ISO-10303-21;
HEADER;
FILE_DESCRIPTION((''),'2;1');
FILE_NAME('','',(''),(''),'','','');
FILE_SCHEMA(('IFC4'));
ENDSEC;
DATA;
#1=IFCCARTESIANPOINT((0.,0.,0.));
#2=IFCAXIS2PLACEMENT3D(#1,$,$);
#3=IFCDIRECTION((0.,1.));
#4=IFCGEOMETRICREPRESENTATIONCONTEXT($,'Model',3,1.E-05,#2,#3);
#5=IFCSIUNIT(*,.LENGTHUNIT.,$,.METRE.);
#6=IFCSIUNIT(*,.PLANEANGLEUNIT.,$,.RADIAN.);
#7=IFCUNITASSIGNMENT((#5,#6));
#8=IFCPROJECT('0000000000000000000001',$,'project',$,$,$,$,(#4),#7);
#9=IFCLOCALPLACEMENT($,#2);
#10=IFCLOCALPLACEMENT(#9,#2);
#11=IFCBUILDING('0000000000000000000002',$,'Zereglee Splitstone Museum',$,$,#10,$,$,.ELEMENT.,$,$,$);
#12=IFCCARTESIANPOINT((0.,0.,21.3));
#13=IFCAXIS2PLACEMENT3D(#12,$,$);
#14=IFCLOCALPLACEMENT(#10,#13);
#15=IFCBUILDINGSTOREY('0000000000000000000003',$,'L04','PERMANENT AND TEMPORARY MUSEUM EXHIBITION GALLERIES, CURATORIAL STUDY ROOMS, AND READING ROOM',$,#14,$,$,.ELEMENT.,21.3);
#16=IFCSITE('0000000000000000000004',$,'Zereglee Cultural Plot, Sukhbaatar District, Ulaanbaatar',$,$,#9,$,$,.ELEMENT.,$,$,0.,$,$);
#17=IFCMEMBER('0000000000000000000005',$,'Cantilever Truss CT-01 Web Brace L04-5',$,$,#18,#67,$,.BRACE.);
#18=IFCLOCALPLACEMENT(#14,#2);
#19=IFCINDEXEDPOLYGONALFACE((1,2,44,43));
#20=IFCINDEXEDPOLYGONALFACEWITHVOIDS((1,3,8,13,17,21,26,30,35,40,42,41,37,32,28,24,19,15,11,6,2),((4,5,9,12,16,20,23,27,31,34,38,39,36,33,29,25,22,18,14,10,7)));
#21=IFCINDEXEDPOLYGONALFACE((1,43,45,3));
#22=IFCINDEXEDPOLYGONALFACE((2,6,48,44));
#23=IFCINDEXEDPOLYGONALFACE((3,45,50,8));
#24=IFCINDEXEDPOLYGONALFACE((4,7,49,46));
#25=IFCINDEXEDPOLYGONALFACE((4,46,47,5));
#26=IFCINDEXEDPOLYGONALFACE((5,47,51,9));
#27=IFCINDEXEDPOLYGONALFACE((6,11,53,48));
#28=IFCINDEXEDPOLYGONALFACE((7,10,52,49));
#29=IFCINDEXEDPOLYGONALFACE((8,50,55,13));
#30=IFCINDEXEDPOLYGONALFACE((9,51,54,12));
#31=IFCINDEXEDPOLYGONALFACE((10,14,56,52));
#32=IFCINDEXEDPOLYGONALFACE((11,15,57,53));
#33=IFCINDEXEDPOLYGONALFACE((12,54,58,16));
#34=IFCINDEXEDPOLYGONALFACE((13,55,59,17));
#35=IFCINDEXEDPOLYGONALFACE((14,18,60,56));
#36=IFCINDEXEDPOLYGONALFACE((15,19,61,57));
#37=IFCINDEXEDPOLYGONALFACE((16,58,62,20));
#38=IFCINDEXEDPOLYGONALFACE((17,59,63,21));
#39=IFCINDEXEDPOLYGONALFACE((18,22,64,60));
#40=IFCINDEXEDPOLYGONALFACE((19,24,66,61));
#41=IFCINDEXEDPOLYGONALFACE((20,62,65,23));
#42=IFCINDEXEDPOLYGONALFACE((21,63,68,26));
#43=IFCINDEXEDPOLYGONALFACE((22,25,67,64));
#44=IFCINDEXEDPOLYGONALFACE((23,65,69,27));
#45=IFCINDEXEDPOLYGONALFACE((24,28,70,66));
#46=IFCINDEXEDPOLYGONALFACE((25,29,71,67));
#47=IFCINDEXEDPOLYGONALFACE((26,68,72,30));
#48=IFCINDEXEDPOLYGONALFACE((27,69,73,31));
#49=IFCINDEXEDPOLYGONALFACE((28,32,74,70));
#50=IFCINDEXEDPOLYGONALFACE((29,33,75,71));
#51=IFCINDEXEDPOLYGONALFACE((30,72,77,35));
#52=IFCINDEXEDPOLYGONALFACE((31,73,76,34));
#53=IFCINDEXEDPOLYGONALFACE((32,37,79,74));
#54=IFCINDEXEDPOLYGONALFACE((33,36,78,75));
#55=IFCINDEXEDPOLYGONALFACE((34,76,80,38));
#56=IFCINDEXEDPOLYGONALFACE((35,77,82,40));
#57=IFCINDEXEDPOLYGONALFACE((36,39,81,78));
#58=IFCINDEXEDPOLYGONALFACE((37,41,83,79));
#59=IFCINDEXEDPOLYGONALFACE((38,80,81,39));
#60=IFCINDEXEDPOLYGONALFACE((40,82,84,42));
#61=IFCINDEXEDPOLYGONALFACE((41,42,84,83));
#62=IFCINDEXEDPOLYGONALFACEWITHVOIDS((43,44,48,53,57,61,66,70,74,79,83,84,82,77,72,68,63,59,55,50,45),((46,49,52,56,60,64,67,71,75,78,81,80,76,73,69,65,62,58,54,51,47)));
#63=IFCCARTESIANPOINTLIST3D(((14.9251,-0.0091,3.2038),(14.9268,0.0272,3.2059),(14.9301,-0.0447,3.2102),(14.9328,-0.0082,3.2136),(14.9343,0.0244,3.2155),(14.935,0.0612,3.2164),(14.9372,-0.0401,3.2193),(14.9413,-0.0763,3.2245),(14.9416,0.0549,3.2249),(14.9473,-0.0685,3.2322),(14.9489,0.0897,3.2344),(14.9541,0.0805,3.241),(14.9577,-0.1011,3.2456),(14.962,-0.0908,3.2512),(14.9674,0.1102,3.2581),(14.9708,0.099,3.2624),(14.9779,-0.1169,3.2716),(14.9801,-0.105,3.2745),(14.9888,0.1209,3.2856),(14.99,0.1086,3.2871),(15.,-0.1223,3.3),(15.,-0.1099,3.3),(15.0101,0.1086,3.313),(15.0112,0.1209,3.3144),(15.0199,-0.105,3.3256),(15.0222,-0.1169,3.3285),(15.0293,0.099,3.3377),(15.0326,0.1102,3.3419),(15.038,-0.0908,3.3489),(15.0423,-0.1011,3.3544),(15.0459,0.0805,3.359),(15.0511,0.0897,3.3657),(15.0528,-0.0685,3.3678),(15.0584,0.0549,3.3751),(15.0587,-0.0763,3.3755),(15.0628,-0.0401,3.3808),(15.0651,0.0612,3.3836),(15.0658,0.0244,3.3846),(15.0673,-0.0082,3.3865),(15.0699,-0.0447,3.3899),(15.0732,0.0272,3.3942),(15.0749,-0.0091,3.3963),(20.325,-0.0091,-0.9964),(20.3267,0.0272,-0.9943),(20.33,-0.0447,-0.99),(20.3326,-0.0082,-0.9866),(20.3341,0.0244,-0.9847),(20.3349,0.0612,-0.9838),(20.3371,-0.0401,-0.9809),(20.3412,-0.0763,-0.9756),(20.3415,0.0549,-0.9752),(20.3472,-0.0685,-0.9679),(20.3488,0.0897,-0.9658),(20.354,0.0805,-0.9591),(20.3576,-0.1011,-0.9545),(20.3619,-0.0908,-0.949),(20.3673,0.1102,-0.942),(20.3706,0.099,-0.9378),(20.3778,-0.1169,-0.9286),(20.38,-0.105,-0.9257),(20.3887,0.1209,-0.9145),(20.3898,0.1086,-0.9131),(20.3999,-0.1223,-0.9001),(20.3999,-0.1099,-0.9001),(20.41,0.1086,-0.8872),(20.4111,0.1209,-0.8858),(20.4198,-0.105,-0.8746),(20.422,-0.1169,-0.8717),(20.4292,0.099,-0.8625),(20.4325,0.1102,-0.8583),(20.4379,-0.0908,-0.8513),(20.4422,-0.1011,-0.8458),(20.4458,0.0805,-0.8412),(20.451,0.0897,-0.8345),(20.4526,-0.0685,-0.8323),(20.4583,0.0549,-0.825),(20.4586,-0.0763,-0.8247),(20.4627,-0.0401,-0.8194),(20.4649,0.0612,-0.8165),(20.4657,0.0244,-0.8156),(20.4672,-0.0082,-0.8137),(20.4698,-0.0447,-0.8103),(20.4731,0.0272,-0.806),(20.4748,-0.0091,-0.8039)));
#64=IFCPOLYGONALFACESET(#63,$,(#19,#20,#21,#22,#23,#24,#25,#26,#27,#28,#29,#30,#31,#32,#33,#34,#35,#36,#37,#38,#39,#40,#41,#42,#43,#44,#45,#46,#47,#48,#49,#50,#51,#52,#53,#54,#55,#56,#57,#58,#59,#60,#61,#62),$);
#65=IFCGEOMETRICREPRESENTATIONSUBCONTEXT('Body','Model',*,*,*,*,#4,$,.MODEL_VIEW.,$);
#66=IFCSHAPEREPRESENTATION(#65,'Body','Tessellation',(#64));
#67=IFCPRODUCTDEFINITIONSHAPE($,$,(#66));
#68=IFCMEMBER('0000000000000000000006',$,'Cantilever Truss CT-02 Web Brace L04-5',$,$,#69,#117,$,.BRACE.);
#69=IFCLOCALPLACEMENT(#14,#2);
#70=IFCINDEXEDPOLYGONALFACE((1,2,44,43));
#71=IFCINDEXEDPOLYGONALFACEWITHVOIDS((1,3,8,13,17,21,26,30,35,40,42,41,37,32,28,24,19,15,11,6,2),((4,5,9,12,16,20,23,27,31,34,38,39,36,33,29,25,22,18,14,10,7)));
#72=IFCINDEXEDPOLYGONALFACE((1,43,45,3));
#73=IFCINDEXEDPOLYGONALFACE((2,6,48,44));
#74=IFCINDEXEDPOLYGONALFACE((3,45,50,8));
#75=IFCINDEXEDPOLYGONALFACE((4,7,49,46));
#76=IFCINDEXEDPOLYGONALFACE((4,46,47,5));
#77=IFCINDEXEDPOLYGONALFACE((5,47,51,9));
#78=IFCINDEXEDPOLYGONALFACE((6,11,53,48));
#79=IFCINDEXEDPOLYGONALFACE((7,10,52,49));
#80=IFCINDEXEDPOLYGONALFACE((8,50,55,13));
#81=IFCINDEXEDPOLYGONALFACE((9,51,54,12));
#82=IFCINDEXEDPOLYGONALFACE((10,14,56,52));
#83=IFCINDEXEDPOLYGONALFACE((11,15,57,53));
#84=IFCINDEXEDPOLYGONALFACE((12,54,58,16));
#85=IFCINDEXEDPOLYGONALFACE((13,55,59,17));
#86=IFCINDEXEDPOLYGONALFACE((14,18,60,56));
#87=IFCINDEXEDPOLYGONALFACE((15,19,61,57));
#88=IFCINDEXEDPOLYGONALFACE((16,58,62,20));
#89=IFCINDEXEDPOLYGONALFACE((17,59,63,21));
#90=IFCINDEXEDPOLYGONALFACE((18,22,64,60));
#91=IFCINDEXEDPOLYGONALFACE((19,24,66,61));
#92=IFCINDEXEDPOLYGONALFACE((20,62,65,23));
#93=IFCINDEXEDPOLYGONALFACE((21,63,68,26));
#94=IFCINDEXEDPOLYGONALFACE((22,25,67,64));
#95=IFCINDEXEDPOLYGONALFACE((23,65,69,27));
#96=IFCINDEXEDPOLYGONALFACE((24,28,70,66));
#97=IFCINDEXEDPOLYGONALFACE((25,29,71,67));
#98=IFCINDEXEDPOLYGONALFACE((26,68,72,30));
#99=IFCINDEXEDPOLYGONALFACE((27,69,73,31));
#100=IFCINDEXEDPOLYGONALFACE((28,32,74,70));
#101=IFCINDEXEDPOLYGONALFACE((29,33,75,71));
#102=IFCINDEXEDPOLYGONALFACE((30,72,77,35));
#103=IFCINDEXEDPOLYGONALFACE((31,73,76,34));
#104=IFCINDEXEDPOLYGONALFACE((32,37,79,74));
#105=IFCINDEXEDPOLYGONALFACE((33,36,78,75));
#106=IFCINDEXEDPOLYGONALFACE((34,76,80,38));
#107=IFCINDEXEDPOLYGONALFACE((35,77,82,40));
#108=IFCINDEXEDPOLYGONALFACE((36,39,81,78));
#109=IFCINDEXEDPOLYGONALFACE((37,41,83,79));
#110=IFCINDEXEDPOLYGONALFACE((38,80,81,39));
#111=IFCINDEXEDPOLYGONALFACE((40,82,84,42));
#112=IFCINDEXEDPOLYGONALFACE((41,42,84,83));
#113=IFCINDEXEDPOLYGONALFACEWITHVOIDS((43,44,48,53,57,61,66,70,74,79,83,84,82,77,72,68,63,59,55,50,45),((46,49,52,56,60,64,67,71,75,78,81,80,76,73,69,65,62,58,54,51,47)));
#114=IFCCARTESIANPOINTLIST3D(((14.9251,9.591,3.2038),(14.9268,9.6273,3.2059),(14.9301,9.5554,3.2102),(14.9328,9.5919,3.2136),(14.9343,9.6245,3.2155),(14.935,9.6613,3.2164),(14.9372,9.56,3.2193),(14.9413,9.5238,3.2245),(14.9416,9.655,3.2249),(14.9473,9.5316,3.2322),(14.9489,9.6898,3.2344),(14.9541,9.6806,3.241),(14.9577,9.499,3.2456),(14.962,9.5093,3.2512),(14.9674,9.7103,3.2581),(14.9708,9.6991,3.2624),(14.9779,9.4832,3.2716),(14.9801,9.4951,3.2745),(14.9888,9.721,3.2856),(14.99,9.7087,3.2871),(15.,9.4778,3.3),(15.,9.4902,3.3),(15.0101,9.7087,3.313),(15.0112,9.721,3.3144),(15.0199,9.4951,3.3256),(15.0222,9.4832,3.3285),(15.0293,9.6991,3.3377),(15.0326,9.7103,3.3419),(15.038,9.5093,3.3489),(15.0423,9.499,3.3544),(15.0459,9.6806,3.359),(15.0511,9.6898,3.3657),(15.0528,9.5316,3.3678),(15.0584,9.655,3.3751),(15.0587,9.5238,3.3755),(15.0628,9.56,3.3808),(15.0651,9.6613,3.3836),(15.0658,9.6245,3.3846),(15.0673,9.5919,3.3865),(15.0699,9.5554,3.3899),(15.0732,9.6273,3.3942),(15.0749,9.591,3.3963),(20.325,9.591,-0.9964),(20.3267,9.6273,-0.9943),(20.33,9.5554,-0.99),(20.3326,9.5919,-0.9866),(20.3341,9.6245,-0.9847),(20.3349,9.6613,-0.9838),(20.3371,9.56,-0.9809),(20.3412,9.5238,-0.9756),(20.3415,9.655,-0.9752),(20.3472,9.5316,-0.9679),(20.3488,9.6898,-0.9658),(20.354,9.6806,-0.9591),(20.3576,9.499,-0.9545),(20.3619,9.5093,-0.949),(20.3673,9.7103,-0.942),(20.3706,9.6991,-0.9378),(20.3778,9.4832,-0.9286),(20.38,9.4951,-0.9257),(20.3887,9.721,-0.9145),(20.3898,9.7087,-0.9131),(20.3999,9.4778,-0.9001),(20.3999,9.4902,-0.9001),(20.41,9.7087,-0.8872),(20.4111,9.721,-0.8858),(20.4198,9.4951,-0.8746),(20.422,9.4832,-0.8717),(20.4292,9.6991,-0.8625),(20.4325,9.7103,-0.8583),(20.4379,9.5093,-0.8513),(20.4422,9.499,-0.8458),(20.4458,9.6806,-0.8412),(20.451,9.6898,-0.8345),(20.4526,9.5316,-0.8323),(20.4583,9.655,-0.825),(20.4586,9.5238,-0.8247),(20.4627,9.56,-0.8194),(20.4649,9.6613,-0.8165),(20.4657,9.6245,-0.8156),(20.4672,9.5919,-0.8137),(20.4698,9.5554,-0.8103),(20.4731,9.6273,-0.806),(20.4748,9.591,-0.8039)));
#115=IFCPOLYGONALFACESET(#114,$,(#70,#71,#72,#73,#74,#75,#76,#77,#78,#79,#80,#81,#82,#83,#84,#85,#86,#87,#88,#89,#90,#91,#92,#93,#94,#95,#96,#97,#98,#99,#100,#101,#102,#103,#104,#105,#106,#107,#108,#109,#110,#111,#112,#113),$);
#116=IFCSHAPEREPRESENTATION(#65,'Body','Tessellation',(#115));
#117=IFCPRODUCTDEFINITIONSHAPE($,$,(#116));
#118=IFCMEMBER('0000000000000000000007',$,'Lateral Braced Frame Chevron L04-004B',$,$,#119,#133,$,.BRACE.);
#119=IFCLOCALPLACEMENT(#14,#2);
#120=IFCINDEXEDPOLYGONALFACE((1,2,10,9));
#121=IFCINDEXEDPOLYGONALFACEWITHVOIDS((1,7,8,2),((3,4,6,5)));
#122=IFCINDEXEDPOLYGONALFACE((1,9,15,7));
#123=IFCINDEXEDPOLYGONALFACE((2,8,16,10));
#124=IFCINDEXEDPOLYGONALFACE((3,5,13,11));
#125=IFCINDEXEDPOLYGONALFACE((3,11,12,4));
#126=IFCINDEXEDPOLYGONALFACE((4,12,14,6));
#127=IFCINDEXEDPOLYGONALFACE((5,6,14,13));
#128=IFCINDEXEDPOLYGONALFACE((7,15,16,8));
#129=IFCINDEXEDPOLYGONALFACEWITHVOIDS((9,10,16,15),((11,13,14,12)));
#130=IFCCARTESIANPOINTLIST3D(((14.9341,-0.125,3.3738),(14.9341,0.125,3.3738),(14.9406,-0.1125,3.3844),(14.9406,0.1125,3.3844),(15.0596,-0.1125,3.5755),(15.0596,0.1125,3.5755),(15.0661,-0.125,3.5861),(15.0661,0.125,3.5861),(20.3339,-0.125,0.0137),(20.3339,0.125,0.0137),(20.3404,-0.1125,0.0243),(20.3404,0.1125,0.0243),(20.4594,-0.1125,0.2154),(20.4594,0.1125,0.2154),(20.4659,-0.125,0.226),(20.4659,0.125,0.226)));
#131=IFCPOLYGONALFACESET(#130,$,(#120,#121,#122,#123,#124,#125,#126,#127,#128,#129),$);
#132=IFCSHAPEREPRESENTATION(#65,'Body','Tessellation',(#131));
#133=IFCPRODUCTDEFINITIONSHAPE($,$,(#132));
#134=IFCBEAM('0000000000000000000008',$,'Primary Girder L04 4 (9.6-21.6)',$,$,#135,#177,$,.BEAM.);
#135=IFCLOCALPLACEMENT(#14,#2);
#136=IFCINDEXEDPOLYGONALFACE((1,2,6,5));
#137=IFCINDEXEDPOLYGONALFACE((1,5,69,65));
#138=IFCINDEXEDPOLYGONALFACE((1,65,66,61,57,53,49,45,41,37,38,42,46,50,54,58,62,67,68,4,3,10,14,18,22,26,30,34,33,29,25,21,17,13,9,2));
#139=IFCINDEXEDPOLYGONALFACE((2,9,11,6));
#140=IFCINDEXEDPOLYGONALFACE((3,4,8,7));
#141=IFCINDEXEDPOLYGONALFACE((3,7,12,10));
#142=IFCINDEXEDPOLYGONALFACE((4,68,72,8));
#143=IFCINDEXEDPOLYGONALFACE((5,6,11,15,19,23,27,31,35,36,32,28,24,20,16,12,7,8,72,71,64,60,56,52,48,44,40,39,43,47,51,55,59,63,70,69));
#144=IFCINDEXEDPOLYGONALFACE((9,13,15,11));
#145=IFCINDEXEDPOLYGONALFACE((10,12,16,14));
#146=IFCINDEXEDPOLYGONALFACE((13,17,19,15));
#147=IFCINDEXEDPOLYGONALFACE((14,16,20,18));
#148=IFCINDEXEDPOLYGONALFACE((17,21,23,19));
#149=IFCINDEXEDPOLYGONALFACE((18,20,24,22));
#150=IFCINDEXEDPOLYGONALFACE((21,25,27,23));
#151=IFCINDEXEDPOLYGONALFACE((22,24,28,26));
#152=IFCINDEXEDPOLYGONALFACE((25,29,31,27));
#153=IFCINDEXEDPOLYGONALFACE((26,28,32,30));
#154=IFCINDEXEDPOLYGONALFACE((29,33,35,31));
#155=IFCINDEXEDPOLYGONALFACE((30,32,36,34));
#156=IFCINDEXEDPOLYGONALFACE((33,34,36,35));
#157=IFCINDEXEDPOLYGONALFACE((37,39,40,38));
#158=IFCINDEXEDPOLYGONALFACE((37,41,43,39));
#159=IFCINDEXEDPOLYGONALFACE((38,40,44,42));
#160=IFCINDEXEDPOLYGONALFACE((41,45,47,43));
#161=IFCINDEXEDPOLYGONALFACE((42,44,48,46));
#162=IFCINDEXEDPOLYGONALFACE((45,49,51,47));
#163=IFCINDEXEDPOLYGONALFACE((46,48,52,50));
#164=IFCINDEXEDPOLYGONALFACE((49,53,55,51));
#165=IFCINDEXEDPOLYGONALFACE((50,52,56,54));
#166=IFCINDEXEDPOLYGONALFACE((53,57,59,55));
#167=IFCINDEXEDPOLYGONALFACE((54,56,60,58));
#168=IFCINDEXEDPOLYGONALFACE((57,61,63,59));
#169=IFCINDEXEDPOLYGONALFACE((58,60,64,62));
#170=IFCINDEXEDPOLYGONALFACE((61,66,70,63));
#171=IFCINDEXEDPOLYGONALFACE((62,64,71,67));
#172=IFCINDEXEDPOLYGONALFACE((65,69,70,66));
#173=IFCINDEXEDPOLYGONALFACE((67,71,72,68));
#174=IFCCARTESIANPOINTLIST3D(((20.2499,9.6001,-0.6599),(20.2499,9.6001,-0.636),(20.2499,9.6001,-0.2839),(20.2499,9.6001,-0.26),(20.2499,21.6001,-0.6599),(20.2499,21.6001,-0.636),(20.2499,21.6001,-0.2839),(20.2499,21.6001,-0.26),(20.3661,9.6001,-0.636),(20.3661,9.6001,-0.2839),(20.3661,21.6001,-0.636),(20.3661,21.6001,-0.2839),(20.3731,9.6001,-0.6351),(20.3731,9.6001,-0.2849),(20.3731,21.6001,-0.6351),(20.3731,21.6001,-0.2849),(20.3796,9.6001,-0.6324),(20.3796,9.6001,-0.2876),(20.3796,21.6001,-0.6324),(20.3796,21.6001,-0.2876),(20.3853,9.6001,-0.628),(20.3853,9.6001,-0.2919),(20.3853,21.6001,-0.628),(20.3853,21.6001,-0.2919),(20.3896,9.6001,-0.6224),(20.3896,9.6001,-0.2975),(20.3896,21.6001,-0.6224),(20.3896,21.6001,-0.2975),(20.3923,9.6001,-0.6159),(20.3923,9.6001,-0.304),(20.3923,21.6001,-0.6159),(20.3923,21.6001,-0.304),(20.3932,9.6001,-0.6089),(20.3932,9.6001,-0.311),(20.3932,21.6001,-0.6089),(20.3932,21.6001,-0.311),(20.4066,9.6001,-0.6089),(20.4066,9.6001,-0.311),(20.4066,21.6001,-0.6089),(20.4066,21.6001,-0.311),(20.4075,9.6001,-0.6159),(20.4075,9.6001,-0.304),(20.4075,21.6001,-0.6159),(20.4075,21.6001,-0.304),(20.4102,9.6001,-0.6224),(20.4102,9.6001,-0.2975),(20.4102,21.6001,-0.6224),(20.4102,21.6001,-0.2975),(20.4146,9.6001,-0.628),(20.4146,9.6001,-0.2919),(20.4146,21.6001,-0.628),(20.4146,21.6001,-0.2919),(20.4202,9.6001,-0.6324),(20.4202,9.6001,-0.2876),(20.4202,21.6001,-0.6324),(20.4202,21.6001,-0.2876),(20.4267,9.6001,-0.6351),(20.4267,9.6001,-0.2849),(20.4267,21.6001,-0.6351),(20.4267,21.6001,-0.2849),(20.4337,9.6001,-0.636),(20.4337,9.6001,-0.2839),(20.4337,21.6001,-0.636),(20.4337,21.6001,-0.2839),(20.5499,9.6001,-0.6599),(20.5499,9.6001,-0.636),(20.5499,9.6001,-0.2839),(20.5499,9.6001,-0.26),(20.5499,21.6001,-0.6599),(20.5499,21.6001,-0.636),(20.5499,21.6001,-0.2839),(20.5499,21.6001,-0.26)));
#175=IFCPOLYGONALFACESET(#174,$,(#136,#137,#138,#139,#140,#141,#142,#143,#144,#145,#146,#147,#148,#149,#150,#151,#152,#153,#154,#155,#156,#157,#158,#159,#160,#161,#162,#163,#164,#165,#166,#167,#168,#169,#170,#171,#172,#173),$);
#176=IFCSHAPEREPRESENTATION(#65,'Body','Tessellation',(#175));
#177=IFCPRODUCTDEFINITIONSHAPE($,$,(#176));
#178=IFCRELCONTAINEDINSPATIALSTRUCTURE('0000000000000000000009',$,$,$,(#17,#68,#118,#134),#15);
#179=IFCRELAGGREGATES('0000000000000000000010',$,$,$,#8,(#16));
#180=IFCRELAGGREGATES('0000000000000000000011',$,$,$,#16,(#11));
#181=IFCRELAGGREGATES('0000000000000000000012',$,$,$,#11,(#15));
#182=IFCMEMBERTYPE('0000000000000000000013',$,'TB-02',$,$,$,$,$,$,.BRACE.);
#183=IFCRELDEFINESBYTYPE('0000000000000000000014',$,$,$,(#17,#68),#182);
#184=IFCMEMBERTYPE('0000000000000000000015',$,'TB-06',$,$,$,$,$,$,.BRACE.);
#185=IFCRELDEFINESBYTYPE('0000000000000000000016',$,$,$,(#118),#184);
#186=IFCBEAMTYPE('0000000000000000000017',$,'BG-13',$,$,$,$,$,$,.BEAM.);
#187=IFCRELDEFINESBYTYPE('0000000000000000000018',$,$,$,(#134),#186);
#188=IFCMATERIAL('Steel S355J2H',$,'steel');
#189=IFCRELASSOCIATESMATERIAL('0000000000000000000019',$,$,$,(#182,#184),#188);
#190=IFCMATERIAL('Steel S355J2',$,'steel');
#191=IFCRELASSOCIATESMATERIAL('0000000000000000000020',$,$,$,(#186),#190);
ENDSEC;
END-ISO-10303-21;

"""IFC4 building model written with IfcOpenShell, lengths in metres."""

from ifc_helpers import new_model, si_unit, direction, frame, origin, origin_2d, place, context, subcontext, project, spatial, hollow_rectangle, hollow_circle, i_section, extrude, material, material_profile, profile_set, type_object, element, save


model = new_model("IFC4")

# Units and contexts
model_context = context("Model", 3, precision=1e-05, world=origin(), true_north=direction((0.0, 1.0)))
body_context = subcontext(model_context, "Body", "Model", "MODEL_VIEW")
ifc_project = project(units=[si_unit("LENGTHUNIT", "METRE"), si_unit("PLANEANGLEUNIT", "RADIAN")], contexts=[model_context])

# Site, building, storey
site_placement = place(None, origin())
site = spatial("IfcSite", under=ifc_project, at=site_placement, Name="Zereglee Cultural Plot, Sukhbaatar District, Ulaanbaatar", CompositionType="ELEMENT", RefElevation=0.0)
building_placement = place(site_placement, origin())
building = spatial("IfcBuilding", under=site, at=building_placement, Name="Zereglee Splitstone Museum", CompositionType="ELEMENT")
storey_placement = place(building_placement, frame((0.0, 0.0, 21.3)))
storey = spatial("IfcBuildingStorey", under=building, at=storey_placement, Name="L04", Description="PERMANENT AND TEMPORARY MUSEUM EXHIBITION GALLERIES, CURATORIAL STUDY ROOMS, AND READING ROOM", CompositionType="ELEMENT", Elevation=21.3)

# Members
ifc_material_1 = material(Name="Steel S355J2H", Category="steel")
ifc_material_profile_1 = material_profile(ifc_material_1, hollow_circle(Radius=0.1223, WallThickness=0.0125, at=origin_2d()), Name="CHS 244.5x12.5")
ifc_profile_set_1 = profile_set([ifc_material_profile_1], Name="Steel S355J2H")
member_type_1 = type_object("IfcMemberType", Name="TB-02", PredefinedType="BRACE", material=ifc_profile_set_1)
for number, where, z_axis, x_axis, name in (
    (1, (20.3999, 0.0, -0.9001), (-0.789333, 0.0, 0.613965), (0.0, -1.0, 0.0), "Cantilever Truss CT-01 Web Brace L04-5"),
    (2, (20.3999, 9.6001, -0.9001), (-0.789333, 0.0, 0.613965), (0.0, -1.0, 0.0), "Cantilever Truss CT-02 Web Brace L04-5"),
):
    element("IfcMember", number, at=place(storey_placement, frame(where, z_axis=z_axis, x_axis=x_axis)), inside=storey, type_object=member_type_1, Name=name, PredefinedType="BRACE", context=body_context, shape_type="SweptSolid", body=[
        extrude(hollow_circle(Radius=0.1223, WallThickness=0.0125, at=origin_2d()), origin(), (0.0, 0.0, 1.0), 6.8411),
    ])
ifc_material_profile_2 = material_profile(ifc_material_1, hollow_rectangle(XDim=0.25, YDim=0.25, WallThickness=0.0125, at=origin_2d()), Name="SHS 250x250x12.5")
ifc_profile_set_2 = profile_set([ifc_material_profile_2], Name="Steel S355J2H")
member_type_2 = type_object("IfcMemberType", Name="TB-06", PredefinedType="BRACE", material=ifc_profile_set_2)
member_1_placement = place(storey_placement, frame((20.3999, 0.0, 0.1199), z_axis=(-0.849045, 0.0, 0.528321), x_axis=(0.0, -1.0, 0.0)))
element("IfcMember", 3, at=member_1_placement, inside=storey, type_object=member_type_2, Name="Lateral Braced Frame Chevron L04-004B", PredefinedType="BRACE", context=body_context, shape_type="SweptSolid", body=[
    extrude(hollow_rectangle(XDim=0.25, YDim=0.25, WallThickness=0.0125, at=origin_2d()), origin(), (0.0, 0.0, 1.0), 6.3599),
])

# Beam
ifc_material_2 = material(Name="Steel S355J2", Category="steel")
ifc_material_profile_3 = material_profile(ifc_material_2, i_section(OverallWidth=0.3, OverallDepth=0.3999, WebThickness=0.0134, FlangeThickness=0.0239, FilletRadius=0.0271, at=origin_2d()), Name="HE 400 B")
ifc_profile_set_3 = profile_set([ifc_material_profile_3], Name="Steel S355J2")
beam_type_1 = type_object("IfcBeamType", Name="BG-13", PredefinedType="BEAM", material=ifc_profile_set_3)
beam_1_placement = place(storey_placement, frame((20.3999, 9.6001, -0.46), z_axis=(0.0, 1.0, 0.0), x_axis=(-1.0, 0.0, 0.0)))
element("IfcBeam", 4, at=beam_1_placement, inside=storey, type_object=beam_type_1, Name="Primary Girder L04 4 (9.6-21.6)", PredefinedType="BEAM", context=body_context, shape_type="SweptSolid", body=[
    extrude(i_section(OverallWidth=0.3, OverallDepth=0.3999, WebThickness=0.0134, FlangeThickness=0.0239, FilletRadius=0.0271, at=origin_2d()), origin(), (0.0, 0.0, 1.0), 12.0),
])

save(model, "model.ifc")
